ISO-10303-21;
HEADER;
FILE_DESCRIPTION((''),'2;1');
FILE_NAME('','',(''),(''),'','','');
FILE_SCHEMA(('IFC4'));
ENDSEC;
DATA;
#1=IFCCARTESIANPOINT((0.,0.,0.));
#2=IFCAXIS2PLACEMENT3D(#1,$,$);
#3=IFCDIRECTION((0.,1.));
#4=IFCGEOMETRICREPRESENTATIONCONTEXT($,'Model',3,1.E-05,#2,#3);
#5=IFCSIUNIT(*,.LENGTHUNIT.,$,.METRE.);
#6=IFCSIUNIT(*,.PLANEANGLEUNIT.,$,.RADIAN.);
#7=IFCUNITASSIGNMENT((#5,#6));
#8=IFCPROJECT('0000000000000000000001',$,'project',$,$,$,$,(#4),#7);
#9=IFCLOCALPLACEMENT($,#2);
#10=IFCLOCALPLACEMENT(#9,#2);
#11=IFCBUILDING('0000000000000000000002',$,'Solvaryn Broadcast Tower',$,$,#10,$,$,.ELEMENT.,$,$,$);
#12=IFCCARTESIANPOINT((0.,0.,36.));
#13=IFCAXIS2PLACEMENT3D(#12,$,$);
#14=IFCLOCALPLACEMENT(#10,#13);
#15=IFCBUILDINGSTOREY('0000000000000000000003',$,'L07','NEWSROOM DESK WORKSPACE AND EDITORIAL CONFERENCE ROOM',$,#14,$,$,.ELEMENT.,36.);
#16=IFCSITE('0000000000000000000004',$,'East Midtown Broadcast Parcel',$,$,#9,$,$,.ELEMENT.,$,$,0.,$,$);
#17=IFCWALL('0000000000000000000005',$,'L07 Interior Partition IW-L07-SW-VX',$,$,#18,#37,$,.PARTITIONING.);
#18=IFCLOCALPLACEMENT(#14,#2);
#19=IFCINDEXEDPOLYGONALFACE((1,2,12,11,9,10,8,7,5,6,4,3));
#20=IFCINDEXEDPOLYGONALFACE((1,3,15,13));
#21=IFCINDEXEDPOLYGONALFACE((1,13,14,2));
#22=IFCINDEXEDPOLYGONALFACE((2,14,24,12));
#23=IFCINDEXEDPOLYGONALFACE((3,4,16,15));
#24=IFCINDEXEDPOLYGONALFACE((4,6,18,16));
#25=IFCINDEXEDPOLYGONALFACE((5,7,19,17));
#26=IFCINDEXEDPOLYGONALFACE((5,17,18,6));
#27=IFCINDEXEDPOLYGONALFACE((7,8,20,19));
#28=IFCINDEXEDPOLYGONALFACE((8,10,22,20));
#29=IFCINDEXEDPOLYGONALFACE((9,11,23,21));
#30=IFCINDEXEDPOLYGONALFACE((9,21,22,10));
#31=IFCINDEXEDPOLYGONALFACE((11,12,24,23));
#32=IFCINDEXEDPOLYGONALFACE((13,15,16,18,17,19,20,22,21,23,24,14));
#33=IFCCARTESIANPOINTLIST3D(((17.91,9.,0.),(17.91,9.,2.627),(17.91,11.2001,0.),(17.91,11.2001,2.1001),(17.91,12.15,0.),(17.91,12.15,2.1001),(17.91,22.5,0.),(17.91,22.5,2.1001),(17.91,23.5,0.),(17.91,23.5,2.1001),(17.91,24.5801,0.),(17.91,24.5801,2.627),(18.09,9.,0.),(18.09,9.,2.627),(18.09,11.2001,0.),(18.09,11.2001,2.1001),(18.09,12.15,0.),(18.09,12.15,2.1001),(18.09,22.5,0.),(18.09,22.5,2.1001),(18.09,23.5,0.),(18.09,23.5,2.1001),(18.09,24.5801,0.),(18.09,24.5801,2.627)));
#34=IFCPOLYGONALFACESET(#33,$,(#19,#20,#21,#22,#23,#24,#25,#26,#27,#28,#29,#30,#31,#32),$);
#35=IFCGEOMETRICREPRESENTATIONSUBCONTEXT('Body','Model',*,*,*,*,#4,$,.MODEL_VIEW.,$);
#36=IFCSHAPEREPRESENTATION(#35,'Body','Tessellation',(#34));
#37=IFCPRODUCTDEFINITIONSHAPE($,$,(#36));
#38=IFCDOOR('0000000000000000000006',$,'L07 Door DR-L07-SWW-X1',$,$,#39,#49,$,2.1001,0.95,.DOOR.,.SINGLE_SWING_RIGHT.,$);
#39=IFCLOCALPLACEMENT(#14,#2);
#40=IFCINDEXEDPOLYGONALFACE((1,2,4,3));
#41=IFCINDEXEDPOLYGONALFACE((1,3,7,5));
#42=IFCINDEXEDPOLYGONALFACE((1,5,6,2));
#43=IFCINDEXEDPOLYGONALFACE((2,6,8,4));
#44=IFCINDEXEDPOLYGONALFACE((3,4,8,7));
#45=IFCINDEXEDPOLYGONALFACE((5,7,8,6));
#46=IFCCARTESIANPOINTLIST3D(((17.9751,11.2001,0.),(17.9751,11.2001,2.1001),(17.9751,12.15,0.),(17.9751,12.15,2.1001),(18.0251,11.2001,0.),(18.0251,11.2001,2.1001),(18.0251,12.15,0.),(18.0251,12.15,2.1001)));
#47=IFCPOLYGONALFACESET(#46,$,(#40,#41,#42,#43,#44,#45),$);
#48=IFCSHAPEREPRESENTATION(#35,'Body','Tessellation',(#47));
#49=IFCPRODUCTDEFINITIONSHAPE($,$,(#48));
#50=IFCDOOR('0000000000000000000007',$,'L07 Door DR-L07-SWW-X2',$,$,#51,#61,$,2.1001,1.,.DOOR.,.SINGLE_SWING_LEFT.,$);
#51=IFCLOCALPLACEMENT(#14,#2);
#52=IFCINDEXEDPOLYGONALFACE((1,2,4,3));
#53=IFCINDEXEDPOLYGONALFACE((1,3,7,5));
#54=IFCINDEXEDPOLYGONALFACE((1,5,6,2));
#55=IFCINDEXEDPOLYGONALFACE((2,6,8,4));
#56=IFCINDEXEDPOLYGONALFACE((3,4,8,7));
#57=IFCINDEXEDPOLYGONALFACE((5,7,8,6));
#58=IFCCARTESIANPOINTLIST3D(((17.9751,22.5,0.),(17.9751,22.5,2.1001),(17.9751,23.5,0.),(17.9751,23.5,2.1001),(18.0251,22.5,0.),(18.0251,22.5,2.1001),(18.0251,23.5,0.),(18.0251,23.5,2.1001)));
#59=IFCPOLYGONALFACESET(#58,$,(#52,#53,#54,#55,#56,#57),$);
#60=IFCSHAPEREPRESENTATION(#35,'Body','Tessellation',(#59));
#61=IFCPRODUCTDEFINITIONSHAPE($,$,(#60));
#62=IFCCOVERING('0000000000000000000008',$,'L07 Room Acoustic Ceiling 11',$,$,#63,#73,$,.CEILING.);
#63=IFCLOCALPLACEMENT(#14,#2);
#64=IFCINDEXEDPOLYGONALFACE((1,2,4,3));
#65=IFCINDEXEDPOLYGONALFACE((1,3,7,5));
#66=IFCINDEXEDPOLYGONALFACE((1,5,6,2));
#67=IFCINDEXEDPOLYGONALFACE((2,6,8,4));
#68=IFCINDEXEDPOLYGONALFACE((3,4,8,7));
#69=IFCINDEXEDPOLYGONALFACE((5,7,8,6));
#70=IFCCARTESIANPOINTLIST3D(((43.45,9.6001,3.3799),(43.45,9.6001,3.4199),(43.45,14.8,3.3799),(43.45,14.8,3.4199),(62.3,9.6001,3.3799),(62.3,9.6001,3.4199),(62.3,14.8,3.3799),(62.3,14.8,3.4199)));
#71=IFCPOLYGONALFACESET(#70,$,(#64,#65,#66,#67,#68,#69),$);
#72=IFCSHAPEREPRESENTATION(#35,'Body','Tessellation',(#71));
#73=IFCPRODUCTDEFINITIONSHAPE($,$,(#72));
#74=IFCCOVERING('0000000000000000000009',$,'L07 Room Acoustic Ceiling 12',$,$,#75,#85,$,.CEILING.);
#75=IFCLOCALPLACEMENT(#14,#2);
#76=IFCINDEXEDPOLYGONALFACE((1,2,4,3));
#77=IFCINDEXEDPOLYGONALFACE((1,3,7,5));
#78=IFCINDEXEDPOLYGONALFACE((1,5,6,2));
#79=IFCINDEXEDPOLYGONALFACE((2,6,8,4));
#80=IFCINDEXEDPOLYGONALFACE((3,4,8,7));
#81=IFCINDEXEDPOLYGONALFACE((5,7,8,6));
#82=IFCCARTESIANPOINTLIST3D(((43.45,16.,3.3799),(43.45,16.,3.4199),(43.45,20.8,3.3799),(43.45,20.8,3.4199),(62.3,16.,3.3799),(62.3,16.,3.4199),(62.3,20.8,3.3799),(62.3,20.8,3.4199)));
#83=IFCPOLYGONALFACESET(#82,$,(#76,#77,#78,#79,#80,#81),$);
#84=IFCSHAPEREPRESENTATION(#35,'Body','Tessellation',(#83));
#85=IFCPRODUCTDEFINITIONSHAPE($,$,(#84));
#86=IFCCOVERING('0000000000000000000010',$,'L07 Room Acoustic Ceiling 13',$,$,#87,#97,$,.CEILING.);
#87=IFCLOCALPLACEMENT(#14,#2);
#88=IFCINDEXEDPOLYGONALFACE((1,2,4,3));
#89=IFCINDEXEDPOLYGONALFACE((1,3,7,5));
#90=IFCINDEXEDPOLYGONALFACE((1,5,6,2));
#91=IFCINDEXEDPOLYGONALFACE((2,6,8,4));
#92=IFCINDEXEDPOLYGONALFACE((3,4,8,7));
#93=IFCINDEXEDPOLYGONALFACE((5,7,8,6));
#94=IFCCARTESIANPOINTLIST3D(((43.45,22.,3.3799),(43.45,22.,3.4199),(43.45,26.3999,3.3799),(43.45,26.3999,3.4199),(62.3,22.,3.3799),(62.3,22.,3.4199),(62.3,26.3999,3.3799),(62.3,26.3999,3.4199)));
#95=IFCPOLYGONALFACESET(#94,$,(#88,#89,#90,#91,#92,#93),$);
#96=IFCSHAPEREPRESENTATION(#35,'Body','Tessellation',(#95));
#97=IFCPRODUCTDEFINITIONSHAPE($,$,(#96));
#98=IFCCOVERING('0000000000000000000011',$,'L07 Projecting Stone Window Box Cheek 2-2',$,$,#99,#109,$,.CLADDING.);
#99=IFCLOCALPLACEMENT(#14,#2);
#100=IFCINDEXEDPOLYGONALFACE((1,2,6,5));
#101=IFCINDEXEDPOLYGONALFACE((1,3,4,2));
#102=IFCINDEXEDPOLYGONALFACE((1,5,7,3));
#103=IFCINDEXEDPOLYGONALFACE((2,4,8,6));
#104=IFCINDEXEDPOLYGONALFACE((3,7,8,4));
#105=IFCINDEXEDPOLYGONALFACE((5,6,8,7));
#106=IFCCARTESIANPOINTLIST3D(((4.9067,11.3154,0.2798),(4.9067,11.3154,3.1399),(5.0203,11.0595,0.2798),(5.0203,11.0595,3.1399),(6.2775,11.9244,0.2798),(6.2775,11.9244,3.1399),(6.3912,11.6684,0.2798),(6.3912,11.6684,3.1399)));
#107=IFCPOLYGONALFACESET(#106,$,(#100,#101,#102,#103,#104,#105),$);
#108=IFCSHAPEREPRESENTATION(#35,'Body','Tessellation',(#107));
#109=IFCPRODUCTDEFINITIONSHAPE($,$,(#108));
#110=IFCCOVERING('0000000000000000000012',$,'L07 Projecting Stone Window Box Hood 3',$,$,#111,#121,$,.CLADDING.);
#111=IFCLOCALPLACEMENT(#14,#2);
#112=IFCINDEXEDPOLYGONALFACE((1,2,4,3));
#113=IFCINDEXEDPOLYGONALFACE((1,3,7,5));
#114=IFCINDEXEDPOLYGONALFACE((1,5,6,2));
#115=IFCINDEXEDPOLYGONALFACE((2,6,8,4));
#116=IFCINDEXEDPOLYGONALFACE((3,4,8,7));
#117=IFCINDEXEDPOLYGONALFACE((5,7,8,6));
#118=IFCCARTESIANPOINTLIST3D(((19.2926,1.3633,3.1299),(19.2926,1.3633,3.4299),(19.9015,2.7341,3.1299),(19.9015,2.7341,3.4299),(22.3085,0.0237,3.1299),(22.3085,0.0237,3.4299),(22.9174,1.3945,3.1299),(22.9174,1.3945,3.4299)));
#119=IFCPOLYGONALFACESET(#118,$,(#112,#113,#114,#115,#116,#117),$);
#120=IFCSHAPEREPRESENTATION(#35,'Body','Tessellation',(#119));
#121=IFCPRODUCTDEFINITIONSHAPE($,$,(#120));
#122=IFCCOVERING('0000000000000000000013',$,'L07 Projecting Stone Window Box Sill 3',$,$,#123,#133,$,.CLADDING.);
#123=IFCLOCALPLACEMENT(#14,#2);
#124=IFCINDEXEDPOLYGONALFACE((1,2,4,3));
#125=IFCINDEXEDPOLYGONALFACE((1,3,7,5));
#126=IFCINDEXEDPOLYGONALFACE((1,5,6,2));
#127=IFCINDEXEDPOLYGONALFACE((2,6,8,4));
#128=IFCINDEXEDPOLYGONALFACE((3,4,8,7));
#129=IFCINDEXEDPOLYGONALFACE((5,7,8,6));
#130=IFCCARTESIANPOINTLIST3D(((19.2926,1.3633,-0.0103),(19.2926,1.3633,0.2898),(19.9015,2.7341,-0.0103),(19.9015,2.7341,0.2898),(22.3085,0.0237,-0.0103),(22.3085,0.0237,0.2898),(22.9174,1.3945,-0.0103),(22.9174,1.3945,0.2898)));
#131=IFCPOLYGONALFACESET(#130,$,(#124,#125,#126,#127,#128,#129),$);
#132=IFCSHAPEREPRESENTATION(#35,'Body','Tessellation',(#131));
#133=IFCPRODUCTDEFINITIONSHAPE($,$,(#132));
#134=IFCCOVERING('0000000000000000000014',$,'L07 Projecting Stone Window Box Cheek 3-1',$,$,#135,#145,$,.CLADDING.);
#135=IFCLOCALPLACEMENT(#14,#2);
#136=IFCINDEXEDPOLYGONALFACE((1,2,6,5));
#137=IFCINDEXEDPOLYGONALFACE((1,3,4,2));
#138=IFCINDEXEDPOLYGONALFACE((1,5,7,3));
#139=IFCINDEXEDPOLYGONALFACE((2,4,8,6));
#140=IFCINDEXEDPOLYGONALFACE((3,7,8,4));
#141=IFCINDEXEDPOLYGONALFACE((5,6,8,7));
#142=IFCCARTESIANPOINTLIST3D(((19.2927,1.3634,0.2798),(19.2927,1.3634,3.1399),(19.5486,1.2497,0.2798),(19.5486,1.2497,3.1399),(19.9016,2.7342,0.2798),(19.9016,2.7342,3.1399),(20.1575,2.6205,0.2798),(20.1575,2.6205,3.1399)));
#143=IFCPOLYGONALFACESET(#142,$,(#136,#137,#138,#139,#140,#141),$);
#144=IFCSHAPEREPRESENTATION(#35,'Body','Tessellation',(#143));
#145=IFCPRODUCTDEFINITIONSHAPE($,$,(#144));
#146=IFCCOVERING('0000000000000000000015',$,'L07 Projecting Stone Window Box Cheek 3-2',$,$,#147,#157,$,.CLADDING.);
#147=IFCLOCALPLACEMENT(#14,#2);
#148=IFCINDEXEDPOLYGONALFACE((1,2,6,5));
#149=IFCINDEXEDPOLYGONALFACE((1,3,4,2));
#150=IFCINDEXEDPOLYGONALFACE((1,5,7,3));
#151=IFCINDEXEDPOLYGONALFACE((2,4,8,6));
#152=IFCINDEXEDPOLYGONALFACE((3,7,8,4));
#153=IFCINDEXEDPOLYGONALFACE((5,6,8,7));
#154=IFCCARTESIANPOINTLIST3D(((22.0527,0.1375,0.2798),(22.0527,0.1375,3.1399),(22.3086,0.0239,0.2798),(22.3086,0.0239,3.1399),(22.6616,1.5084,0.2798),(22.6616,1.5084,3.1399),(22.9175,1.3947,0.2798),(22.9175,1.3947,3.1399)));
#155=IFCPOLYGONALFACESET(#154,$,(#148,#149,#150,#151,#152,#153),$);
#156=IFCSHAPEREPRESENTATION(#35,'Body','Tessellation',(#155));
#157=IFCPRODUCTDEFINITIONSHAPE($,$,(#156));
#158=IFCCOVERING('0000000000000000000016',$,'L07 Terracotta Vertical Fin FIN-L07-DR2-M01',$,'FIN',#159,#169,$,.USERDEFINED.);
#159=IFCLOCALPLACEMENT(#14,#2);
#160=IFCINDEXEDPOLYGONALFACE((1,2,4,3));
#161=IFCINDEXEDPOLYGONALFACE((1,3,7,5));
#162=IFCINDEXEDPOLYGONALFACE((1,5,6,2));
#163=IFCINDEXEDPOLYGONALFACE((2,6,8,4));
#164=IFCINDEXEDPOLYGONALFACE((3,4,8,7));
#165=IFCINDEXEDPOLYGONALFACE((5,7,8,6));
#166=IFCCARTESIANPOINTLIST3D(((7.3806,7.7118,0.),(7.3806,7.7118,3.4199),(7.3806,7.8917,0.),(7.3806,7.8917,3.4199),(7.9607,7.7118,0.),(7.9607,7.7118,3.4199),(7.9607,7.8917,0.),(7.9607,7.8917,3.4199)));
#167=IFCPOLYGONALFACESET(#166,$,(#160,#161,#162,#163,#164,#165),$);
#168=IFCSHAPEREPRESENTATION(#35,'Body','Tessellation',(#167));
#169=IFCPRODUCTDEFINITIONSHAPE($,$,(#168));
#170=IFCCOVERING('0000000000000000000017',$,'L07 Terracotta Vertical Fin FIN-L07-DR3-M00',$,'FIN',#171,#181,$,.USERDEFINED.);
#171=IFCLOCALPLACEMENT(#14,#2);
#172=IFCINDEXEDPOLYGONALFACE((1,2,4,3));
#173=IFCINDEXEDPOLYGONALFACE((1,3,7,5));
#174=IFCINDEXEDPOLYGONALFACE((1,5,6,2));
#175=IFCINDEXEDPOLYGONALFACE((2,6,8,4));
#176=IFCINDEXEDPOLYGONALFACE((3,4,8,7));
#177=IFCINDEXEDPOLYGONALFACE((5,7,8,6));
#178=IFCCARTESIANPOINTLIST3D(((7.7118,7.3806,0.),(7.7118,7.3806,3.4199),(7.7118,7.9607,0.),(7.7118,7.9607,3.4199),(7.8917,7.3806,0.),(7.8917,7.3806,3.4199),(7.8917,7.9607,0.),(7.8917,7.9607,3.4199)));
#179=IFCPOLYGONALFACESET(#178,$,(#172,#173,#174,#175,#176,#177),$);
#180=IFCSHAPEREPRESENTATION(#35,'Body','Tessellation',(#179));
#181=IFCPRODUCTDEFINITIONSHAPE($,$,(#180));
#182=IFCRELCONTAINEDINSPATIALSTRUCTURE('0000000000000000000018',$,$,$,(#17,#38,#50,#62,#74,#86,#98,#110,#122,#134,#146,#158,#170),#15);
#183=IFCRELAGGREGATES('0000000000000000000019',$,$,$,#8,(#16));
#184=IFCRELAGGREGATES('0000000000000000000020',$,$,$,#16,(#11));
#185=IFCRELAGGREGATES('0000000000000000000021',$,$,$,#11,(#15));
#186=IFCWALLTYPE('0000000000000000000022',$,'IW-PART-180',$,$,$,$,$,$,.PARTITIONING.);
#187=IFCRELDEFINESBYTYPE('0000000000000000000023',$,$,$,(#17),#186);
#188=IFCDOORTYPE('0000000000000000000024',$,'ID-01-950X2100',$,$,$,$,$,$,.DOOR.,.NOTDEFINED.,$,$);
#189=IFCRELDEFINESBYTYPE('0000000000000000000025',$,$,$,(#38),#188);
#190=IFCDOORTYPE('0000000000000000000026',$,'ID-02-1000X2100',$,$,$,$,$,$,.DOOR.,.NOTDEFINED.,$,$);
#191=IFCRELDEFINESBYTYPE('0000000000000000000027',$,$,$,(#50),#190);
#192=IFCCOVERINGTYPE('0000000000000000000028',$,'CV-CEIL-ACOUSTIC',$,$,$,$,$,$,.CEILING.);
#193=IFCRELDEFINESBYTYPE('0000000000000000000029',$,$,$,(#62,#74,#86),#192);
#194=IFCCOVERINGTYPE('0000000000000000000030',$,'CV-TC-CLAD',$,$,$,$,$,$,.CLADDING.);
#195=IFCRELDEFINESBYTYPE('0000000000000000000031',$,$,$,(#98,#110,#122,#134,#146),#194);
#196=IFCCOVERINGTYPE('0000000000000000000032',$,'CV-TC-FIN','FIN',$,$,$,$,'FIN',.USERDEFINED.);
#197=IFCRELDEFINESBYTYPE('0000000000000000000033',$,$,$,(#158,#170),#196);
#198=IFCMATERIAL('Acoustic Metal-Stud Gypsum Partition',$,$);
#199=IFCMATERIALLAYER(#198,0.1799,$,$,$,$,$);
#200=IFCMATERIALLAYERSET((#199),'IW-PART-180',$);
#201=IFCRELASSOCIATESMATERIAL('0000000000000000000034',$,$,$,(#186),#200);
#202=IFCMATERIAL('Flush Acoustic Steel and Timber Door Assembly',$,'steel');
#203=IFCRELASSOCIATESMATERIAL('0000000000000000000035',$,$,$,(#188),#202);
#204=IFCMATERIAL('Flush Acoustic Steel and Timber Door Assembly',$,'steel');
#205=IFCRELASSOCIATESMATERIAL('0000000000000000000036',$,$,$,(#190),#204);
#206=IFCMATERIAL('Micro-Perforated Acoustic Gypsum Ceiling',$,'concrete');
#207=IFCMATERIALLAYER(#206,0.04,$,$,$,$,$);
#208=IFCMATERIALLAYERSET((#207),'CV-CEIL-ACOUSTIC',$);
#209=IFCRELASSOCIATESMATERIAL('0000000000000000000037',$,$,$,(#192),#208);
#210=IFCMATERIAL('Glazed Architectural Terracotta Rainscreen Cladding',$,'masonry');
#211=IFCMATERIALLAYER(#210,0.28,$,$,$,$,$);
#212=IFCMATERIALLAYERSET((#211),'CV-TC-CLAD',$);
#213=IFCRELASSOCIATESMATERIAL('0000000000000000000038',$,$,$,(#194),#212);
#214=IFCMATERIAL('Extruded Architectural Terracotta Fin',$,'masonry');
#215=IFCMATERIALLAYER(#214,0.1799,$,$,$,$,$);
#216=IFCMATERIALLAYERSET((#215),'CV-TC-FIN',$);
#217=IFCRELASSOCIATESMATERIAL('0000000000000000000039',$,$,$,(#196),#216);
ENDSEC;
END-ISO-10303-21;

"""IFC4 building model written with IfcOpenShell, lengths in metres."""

from ifc_helpers import new_model, si_unit, direction, frame, frame_2d, origin, origin_2d, place, context, subcontext, project, spatial, polyline, rectangle, outline, extrude, material, layer, layer_set, type_object, element, fill, save


model = new_model("IFC4")

# Units and contexts
model_context = context("Model", 3, precision=1e-05, world=origin(), true_north=direction((0.0, 1.0)))
body_context = subcontext(model_context, "Body", "Model", "MODEL_VIEW")
ifc_project = project(units=[si_unit("LENGTHUNIT", "METRE"), si_unit("PLANEANGLEUNIT", "RADIAN")], contexts=[model_context])

# Site, building, storey
site_placement = place(None, origin())
site = spatial("IfcSite", under=ifc_project, at=site_placement, Name="East Midtown Broadcast Parcel", CompositionType="ELEMENT", RefElevation=0.0)
building_placement = place(site_placement, origin())
building = spatial("IfcBuilding", under=site, at=building_placement, Name="Solvaryn Broadcast Tower", CompositionType="ELEMENT")
storey_placement = place(building_placement, frame((0.0, 0.0, 36.0)))
storey = spatial("IfcBuildingStorey", under=building, at=storey_placement, Name="L07", Description="NEWSROOM DESK WORKSPACE AND EDITORIAL CONFERENCE ROOM", CompositionType="ELEMENT", Elevation=36.0)

# Wall, openings, doors
ifc_material_1 = material(Name="Acoustic Metal-Stud Gypsum Partition")
ifc_layer_1 = layer(ifc_material_1, 0.1799)
ifc_layer_set_1 = layer_set([ifc_layer_1], Name="IW-PART-180")
wall_type_1 = type_object("IfcWallType", Name="IW-PART-180", PredefinedType="PARTITIONING", material=ifc_layer_set_1)
wall_1_placement = place(storey_placement, frame((18.0, 9.0, 0.0), z_axis=(0.0, 0.0, 1.0), x_axis=(0.0, 1.0, 0.0)))
wall_1 = element("IfcWall", 1, at=wall_1_placement, inside=storey, type_object=wall_type_1, Name="L07 Interior Partition IW-L07-SW-VX", PredefinedType="PARTITIONING", context=body_context, shape_type="SweptSolid", body=[
    extrude(rectangle(XDim=15.5801, YDim=0.1799, at=frame_2d((7.79, 0.0))), origin(), (0.0, 0.0, 1.0), 2.627),
])
opening_1_placement = place(wall_1_placement, frame((2.2, 0.0, 0.0)))
opening_1 = element("IfcOpeningElement", 2, at=opening_1_placement, cuts=wall_1, PredefinedType="OPENING", context=body_context, shape_type="SweptSolid", body=[
    extrude(rectangle(XDim=0.95, YDim=2.1001, at=frame_2d((0.4751, 1.05))), frame((0.0, 0.0999, 0.0), z_axis=(0.0, -1.0, 0.0), x_axis=(1.0, 0.0, 0.0)), (0.0, 0.0, 1.0), 0.2),
])
opening_2_placement = place(wall_1_placement, frame((13.5, 0.0, 0.0)))
opening_2 = element("IfcOpeningElement", 3, at=opening_2_placement, cuts=wall_1, PredefinedType="OPENING", context=body_context, shape_type="SweptSolid", body=[
    extrude(rectangle(XDim=1.0, YDim=2.1001, at=frame_2d((0.5, 1.05))), frame((0.0, 0.0999, 0.0), z_axis=(0.0, -1.0, 0.0), x_axis=(1.0, 0.0, 0.0)), (0.0, 0.0, 1.0), 0.2),
])
ifc_material_2 = material(Name="Flush Acoustic Steel and Timber Door Assembly", Category="steel")
door_type_1 = type_object("IfcDoorType", Name="ID-01-950X2100", OperationType="NOTDEFINED", PredefinedType="DOOR", material=ifc_material_2)
door_1_placement = place(opening_1_placement, origin())
door_1 = element("IfcDoor", 4, at=door_1_placement, inside=storey, type_object=door_type_1, Name="L07 Door DR-L07-SWW-X1", OperationType="SINGLE_SWING_RIGHT", OverallHeight=2.1001, OverallWidth=0.95, PredefinedType="DOOR", context=body_context, shape_type="SweptSolid", body=[
    extrude(rectangle(XDim=0.95, YDim=2.1001, at=frame_2d((0.4751, 1.05))), frame((0.0, 0.0249, 0.0), z_axis=(0.0, -1.0, 0.0), x_axis=(1.0, 0.0, 0.0)), (0.0, 0.0, 1.0), 0.05),
])
fill(opening_1, door_1)
ifc_material_3 = material(Name="Flush Acoustic Steel and Timber Door Assembly", Category="steel")
door_type_2 = type_object("IfcDoorType", Name="ID-02-1000X2100", OperationType="NOTDEFINED", PredefinedType="DOOR", material=ifc_material_3)
door_2_placement = place(opening_2_placement, origin())
door_2 = element("IfcDoor", 5, at=door_2_placement, inside=storey, type_object=door_type_2, Name="L07 Door DR-L07-SWW-X2", OperationType="SINGLE_SWING_LEFT", OverallHeight=2.1001, OverallWidth=1.0, PredefinedType="DOOR", context=body_context, shape_type="SweptSolid", body=[
    extrude(rectangle(XDim=1.0, YDim=2.1001, at=frame_2d((0.5, 1.05))), frame((0.0, 0.0249, 0.0), z_axis=(0.0, -1.0, 0.0), x_axis=(1.0, 0.0, 0.0)), (0.0, 0.0, 1.0), 0.05),
])
fill(opening_2, door_2)

# Coverings
ifc_material_4 = material(Name="Micro-Perforated Acoustic Gypsum Ceiling", Category="concrete")
ifc_layer_2 = layer(ifc_material_4, 0.04)
ifc_layer_set_2 = layer_set([ifc_layer_2], Name="CV-CEIL-ACOUSTIC")
covering_type_1 = type_object("IfcCoveringType", Name="CV-CEIL-ACOUSTIC", PredefinedType="CEILING", material=ifc_layer_set_2)
covering_1_placement = place(storey_placement, frame((0.0, 0.0, 3.3799)))
element("IfcCovering", 6, at=covering_1_placement, inside=storey, type_object=covering_type_1, Name="L07 Room Acoustic Ceiling 11", PredefinedType="CEILING", context=body_context, shape_type="SweptSolid", body=[
    extrude(outline(polyline([(43.45, 9.6001), (62.3, 9.6001), (62.3, 14.8), (43.45, 14.8), (43.45, 9.6001)])), origin(), (0.0, 0.0, 1.0), 0.04),
])
covering_2_placement = place(storey_placement, frame((0.0, 0.0, 3.3799)))
element("IfcCovering", 7, at=covering_2_placement, inside=storey, type_object=covering_type_1, Name="L07 Room Acoustic Ceiling 12", PredefinedType="CEILING", context=body_context, shape_type="SweptSolid", body=[
    extrude(outline(polyline([(43.45, 16.0), (62.3, 16.0), (62.3, 20.8), (43.45, 20.8), (43.45, 16.0)])), origin(), (0.0, 0.0, 1.0), 0.04),
])
covering_3_placement = place(storey_placement, frame((0.0, 0.0, 3.3799)))
element("IfcCovering", 8, at=covering_3_placement, inside=storey, type_object=covering_type_1, Name="L07 Room Acoustic Ceiling 13", PredefinedType="CEILING", context=body_context, shape_type="SweptSolid", body=[
    extrude(outline(polyline([(43.45, 22.0), (62.3, 22.0), (62.3, 26.3999), (43.45, 26.3999), (43.45, 22.0)])), origin(), (0.0, 0.0, 1.0), 0.04),
])
ifc_material_5 = material(Name="Glazed Architectural Terracotta Rainscreen Cladding", Category="masonry")
ifc_layer_3 = layer(ifc_material_5, 0.28)
ifc_layer_set_3 = layer_set([ifc_layer_3], Name="CV-TC-CLAD")
covering_type_2 = type_object("IfcCoveringType", Name="CV-TC-CLAD", PredefinedType="CLADDING", material=ifc_layer_set_3)
covering_4_placement = place(storey_placement, frame((5.6489, 11.4919, 0.2798), z_axis=(0.0, 0.0, 1.0), x_axis=(0.405939, -0.9139, 0.0)))
element("IfcCovering", 9, at=covering_4_placement, inside=storey, type_object=covering_type_2, Name="L07 Projecting Stone Window Box Cheek 2-2", PredefinedType="CLADDING", context=body_context, shape_type="SweptSolid", body=[
    extrude(rectangle(XDim=0.28, YDim=1.5, at=origin_2d()), origin(), (0.0, 0.0, 1.0), 2.8601),
])
for number, where, z_axis, x_axis, name in (
    (10, (21.105, 1.3789, 3.1299), (0.0, 0.0, 1.0), (0.9139, -0.405939, 0.0), "L07 Projecting Stone Window Box Hood 3"),
    (11, (21.105, 1.3789, -0.0103), (0.0, 0.0, 1.0), (0.9139, -0.405939, 0.0), "L07 Projecting Stone Window Box Sill 3"),
):
    element("IfcCovering", number, at=place(storey_placement, frame(where, z_axis=z_axis, x_axis=x_axis)), inside=storey, type_object=covering_type_2, Name=name, PredefinedType="CLADDING", context=body_context, shape_type="SweptSolid", body=[
        extrude(rectangle(XDim=3.3, YDim=1.5, at=origin_2d()), origin(), (0.0, 0.0, 1.0), 0.3),
    ])
for number, where, z_axis, x_axis, name in (
    (12, (19.7251, 1.9919, 0.2798), (0.0, 0.0, 1.0), (0.9139, -0.405939, 0.0), "L07 Projecting Stone Window Box Cheek 3-1"),
    (13, (22.4851, 0.7661, 0.2798), (0.0, 0.0, 1.0), (0.9139, -0.405939, 0.0), "L07 Projecting Stone Window Box Cheek 3-2"),
):
    element("IfcCovering", number, at=place(storey_placement, frame(where, z_axis=z_axis, x_axis=x_axis)), inside=storey, type_object=covering_type_2, Name=name, PredefinedType="CLADDING", context=body_context, shape_type="SweptSolid", body=[
        extrude(rectangle(XDim=0.28, YDim=1.5, at=origin_2d()), origin(), (0.0, 0.0, 1.0), 2.8601),
    ])
ifc_material_6 = material(Name="Extruded Architectural Terracotta Fin", Category="masonry")
ifc_layer_4 = layer(ifc_material_6, 0.1799)
ifc_layer_set_4 = layer_set([ifc_layer_4], Name="CV-TC-FIN")
covering_type_3 = type_object("IfcCoveringType", Name="CV-TC-FIN", Description="FIN", ElementType="FIN", PredefinedType="USERDEFINED", material=ifc_layer_set_4)
covering_5_placement = place(storey_placement, frame((7.6707, 7.8018, 0.0), z_axis=(0.0, 0.0, 1.0), x_axis=(1.0, 0.0, 0.0)))
element("IfcCovering", 14, at=covering_5_placement, inside=storey, type_object=covering_type_3, Name="L07 Terracotta Vertical Fin FIN-L07-DR2-M01", ObjectType="FIN", PredefinedType="USERDEFINED", context=body_context, shape_type="SweptSolid", body=[
    extrude(rectangle(XDim=0.5801, YDim=0.1799, at=origin_2d()), origin(), (0.0, 0.0, 1.0), 3.4199),
])
covering_6_placement = place(storey_placement, frame((7.8018, 7.6707, 0.0), z_axis=(0.0, 0.0, 1.0), x_axis=(1.0, 0.0, 0.0)))
element("IfcCovering", 15, at=covering_6_placement, inside=storey, type_object=covering_type_3, Name="L07 Terracotta Vertical Fin FIN-L07-DR3-M00", ObjectType="FIN", PredefinedType="USERDEFINED", context=body_context, shape_type="SweptSolid", body=[
    extrude(rectangle(XDim=0.1799, YDim=0.5801, at=origin_2d()), origin(), (0.0, 0.0, 1.0), 3.4199),
])

save(model, "model.ifc")
